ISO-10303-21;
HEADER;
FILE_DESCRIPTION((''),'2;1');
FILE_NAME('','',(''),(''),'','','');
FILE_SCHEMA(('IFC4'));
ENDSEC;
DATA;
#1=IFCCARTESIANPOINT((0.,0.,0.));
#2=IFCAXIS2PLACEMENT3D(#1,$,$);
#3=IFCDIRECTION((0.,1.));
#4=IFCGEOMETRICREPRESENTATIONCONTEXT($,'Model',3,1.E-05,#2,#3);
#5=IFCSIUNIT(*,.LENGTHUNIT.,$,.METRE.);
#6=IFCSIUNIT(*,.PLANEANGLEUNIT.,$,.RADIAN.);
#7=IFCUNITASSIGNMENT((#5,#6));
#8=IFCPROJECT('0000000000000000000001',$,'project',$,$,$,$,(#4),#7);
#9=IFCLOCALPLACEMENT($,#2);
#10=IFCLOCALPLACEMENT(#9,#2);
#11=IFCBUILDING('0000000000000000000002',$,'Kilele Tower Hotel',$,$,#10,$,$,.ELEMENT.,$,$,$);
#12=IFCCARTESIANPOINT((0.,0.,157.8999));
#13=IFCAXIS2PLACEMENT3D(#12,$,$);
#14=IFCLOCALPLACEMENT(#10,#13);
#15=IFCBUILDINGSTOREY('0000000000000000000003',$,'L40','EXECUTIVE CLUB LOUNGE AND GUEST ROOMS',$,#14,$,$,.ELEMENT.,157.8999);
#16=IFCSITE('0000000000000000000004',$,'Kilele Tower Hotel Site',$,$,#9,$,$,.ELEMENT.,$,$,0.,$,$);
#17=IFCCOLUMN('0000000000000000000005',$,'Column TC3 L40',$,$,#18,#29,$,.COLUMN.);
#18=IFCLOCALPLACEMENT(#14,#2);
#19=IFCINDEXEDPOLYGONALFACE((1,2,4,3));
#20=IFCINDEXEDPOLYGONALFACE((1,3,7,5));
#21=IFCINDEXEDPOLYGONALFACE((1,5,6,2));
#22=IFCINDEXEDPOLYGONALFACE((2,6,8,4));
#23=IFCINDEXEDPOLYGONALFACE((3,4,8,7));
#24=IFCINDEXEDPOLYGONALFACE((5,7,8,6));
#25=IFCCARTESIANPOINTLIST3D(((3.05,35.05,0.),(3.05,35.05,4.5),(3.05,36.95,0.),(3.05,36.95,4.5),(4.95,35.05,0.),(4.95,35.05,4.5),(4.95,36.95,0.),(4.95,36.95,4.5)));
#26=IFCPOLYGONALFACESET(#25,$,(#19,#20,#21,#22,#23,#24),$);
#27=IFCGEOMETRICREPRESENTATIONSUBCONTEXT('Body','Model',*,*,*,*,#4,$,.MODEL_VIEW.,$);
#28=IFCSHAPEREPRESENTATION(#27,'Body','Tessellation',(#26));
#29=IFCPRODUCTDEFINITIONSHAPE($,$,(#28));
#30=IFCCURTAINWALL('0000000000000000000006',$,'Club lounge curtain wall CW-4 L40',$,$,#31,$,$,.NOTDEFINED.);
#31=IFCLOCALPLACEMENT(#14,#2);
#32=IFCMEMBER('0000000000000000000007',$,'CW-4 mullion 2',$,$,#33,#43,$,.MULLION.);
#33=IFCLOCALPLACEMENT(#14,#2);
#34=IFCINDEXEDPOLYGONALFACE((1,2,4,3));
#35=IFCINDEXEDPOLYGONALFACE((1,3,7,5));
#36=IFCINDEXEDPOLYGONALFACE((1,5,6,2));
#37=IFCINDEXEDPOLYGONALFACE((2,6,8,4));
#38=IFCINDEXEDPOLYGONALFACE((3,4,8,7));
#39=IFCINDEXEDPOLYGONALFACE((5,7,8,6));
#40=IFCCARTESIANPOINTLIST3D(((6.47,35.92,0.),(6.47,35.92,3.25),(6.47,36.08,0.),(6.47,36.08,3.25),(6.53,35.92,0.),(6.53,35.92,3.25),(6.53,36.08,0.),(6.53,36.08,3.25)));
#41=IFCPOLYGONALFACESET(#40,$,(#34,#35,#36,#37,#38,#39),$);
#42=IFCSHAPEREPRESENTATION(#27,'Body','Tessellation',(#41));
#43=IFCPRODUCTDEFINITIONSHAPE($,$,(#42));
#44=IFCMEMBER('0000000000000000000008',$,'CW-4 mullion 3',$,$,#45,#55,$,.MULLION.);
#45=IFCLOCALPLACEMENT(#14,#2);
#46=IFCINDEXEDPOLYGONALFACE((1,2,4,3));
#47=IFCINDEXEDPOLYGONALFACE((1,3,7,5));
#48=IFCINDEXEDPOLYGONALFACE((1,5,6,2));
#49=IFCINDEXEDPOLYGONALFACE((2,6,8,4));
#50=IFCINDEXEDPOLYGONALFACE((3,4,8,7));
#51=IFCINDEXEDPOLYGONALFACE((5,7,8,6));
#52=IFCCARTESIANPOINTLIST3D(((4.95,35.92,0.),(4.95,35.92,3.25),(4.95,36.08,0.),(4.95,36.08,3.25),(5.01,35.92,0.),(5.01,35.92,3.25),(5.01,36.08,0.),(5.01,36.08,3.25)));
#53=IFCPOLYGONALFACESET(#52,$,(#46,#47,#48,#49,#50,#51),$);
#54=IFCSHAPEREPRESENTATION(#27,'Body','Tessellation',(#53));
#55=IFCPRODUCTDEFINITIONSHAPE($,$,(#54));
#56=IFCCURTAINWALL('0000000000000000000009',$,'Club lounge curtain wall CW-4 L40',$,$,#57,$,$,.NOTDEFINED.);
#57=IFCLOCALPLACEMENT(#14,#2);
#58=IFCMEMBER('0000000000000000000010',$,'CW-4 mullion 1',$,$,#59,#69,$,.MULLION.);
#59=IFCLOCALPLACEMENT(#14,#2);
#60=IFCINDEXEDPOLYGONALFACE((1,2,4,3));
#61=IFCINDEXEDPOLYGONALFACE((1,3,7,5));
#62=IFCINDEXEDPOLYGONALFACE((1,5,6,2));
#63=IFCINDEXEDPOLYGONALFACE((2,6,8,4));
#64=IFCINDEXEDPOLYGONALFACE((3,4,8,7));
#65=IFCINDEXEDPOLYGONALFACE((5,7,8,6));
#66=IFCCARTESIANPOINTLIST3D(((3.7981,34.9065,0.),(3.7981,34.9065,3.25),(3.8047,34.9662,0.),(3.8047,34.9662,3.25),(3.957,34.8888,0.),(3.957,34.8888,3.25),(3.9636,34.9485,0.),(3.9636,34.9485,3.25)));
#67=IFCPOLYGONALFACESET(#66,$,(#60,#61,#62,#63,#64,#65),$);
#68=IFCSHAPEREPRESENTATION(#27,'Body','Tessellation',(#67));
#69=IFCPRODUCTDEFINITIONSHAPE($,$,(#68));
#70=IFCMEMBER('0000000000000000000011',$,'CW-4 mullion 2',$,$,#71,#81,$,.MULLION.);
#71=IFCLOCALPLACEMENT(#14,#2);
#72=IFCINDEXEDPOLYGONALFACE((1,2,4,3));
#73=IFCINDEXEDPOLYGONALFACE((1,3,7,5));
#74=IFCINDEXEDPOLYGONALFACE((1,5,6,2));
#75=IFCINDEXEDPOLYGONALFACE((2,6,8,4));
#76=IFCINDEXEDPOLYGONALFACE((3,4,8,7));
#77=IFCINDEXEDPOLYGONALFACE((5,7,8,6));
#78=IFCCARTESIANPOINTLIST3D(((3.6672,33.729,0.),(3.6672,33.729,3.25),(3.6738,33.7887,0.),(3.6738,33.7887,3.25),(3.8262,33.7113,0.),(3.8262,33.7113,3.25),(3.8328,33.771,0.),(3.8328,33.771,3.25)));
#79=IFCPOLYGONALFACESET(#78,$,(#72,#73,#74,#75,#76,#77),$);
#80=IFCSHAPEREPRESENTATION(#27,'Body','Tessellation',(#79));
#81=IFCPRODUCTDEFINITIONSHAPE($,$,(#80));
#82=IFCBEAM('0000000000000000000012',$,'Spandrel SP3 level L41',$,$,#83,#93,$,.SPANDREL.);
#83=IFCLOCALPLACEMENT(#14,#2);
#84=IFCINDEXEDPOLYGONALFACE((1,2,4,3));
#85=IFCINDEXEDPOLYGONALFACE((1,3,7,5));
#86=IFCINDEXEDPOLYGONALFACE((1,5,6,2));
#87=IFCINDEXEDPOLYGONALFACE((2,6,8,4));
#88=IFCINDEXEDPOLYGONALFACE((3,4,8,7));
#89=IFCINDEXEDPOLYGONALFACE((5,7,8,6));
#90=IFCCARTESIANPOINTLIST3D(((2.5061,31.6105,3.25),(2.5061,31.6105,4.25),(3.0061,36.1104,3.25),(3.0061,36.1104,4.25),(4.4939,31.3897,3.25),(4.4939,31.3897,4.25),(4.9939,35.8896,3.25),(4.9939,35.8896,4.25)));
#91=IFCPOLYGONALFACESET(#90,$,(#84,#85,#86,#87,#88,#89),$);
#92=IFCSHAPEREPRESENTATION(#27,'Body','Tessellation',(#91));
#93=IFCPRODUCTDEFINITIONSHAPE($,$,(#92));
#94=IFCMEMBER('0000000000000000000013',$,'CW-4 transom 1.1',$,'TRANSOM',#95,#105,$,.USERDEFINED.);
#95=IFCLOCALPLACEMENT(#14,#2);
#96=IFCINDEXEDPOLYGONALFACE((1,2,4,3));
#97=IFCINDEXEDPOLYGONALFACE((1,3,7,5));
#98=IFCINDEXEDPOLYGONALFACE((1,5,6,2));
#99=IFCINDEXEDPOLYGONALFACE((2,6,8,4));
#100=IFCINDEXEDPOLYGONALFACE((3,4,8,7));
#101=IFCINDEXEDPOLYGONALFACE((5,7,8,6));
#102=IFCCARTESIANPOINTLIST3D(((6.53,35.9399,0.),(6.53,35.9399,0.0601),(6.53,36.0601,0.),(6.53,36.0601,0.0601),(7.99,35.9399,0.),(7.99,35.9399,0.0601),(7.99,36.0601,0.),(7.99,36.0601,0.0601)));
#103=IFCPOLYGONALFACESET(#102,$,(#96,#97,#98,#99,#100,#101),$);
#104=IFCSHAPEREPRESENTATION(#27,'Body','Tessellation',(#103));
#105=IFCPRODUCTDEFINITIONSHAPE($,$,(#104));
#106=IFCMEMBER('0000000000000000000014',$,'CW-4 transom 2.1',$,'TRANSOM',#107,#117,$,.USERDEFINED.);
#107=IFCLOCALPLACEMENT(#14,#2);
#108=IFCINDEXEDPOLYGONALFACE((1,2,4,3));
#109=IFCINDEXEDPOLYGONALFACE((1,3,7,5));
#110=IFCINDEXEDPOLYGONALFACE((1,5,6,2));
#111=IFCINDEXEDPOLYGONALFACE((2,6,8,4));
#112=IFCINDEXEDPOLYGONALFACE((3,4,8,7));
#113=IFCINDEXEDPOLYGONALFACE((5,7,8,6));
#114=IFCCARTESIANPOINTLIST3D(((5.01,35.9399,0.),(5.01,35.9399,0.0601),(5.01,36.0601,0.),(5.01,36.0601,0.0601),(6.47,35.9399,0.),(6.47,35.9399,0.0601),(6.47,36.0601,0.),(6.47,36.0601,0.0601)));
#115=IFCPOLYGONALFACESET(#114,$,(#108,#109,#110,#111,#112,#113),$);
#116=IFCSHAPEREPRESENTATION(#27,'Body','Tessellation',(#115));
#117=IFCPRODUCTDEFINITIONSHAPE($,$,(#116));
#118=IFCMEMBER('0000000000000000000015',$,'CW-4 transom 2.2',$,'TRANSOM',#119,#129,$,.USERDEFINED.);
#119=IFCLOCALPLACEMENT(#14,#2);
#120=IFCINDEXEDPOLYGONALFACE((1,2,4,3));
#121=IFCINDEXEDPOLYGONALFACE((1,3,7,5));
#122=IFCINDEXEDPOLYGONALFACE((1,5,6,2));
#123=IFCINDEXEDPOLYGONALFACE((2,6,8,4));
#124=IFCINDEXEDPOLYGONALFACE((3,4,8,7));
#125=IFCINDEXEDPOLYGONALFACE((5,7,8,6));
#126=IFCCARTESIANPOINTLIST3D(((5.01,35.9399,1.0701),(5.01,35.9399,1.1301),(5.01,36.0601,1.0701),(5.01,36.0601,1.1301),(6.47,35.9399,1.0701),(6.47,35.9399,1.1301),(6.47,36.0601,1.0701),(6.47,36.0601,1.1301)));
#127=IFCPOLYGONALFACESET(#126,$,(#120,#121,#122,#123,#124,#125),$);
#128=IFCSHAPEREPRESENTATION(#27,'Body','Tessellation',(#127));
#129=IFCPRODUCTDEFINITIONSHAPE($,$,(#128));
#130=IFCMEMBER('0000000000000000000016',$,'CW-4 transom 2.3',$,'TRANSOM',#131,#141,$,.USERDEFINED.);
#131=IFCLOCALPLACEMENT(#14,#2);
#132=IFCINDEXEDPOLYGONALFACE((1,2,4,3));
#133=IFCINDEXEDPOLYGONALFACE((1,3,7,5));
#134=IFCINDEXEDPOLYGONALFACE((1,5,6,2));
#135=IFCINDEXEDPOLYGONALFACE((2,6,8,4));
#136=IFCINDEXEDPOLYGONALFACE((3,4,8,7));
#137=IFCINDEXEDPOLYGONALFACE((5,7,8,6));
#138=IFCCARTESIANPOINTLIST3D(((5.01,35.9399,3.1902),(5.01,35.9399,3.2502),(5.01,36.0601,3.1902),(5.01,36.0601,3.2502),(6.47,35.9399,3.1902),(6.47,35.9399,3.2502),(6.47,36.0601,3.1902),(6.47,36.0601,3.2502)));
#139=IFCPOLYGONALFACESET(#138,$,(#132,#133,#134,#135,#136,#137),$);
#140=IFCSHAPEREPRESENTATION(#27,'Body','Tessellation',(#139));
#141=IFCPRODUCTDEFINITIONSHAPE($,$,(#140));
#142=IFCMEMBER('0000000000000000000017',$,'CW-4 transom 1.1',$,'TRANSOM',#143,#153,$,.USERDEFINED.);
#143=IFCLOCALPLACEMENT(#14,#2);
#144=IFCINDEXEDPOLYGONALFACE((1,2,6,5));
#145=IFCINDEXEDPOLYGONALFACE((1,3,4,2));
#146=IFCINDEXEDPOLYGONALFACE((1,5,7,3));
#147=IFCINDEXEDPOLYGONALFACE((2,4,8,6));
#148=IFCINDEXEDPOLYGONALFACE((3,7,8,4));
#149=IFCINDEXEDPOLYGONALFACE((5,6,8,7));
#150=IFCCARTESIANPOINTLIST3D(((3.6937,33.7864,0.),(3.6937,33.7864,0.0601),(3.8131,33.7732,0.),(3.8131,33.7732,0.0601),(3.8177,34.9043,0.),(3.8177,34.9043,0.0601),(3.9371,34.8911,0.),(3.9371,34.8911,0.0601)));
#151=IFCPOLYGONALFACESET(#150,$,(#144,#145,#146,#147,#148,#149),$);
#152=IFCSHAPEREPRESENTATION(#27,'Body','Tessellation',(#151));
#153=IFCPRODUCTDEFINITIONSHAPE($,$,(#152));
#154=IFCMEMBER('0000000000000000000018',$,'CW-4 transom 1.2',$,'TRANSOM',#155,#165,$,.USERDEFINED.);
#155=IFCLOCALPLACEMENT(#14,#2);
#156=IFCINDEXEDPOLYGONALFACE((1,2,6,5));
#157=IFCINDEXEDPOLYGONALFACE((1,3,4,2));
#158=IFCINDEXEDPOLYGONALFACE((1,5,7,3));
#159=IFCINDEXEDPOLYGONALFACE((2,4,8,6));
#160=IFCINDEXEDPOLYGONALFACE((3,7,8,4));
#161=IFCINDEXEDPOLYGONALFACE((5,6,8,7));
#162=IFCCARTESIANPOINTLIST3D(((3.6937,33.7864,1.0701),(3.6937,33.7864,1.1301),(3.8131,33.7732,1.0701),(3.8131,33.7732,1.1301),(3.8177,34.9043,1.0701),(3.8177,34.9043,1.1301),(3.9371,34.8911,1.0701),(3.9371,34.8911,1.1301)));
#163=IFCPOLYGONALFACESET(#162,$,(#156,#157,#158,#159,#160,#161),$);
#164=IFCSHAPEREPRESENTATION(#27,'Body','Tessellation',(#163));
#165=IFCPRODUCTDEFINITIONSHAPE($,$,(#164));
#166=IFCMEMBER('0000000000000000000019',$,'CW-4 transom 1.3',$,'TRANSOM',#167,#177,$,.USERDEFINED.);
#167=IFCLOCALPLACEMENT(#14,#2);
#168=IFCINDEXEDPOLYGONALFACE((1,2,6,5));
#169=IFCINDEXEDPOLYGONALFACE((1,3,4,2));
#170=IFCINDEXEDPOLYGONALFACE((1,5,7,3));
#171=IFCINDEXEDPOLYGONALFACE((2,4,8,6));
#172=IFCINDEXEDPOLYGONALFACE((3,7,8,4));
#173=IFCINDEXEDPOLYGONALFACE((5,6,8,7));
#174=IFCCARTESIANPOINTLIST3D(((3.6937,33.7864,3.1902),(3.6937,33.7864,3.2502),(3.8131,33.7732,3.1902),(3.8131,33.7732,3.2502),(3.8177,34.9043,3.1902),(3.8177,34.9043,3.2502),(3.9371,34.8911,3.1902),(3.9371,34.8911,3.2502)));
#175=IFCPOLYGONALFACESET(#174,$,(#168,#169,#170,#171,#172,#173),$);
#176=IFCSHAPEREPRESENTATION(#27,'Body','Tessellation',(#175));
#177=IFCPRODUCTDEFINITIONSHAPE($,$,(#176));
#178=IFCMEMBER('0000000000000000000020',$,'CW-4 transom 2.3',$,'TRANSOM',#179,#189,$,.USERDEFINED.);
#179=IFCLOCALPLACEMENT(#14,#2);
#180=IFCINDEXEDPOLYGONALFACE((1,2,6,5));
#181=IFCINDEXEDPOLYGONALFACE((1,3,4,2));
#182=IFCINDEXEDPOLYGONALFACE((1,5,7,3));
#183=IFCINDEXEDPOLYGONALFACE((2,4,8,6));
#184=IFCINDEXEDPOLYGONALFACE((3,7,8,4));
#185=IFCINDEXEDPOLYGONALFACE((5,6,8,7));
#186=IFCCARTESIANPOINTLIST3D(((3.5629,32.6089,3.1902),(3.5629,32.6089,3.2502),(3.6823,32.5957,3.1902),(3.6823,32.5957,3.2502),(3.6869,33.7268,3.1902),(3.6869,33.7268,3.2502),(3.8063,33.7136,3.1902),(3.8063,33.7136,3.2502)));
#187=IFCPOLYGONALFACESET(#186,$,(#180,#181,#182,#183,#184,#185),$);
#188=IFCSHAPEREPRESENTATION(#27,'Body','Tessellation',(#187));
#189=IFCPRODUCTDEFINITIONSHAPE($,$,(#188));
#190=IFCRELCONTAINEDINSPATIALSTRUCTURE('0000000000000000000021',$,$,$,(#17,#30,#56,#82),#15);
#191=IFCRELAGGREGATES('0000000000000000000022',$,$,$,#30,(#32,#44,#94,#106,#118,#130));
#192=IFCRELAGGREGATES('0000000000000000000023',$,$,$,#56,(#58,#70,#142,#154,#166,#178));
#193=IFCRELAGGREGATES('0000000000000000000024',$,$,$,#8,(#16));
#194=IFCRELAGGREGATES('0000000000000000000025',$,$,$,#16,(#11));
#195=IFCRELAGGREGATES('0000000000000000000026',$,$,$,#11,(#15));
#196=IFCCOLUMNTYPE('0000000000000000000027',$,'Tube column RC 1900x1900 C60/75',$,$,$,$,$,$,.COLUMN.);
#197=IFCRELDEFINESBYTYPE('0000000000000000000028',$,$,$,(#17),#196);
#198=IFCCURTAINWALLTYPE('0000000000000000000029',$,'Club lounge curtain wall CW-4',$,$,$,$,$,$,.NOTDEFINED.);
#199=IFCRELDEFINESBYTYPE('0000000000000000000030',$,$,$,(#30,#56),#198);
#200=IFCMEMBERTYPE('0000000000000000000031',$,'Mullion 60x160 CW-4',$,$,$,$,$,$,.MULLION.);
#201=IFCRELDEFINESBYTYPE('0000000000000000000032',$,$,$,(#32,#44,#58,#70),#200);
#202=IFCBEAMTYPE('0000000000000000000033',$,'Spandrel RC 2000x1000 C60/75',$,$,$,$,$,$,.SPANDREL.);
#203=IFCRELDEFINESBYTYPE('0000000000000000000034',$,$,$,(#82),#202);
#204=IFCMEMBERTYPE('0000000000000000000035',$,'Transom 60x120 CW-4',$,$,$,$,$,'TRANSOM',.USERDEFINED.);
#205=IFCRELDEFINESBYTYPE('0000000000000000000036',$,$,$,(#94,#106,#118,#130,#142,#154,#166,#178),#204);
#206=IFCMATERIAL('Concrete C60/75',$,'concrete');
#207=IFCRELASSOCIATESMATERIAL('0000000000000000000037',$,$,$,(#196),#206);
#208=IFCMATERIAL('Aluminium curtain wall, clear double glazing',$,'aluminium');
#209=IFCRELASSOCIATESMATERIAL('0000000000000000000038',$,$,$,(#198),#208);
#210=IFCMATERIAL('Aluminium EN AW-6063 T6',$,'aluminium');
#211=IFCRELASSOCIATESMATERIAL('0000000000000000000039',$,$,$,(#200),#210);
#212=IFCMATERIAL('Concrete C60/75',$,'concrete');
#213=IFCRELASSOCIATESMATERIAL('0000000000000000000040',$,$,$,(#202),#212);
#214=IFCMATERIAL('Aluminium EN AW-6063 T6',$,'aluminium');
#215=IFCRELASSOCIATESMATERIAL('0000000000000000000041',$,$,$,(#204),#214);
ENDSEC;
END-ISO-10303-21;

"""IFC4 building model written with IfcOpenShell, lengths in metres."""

from ifc_helpers import new_model, si_unit, direction, frame, origin, origin_2d, place, context, subcontext, project, spatial, rectangle, extrude, material, material_profile, profile_set, type_object, element, aggregate, save


model = new_model("IFC4")

# Units and contexts
model_context = context("Model", 3, precision=1e-05, world=origin(), true_north=direction((0.0, 1.0)))
body_context = subcontext(model_context, "Body", "Model", "MODEL_VIEW")
ifc_project = project(units=[si_unit("LENGTHUNIT", "METRE"), si_unit("PLANEANGLEUNIT", "RADIAN")], contexts=[model_context])

# Site, building, storey
site_placement = place(None, origin())
site = spatial("IfcSite", under=ifc_project, at=site_placement, Name="Kilele Tower Hotel Site", CompositionType="ELEMENT", RefElevation=0.0)
building_placement = place(site_placement, origin())
building = spatial("IfcBuilding", under=site, at=building_placement, Name="Kilele Tower Hotel", CompositionType="ELEMENT")
storey_placement = place(building_placement, frame((0.0, 0.0, 157.8999)))
storey = spatial("IfcBuildingStorey", under=building, at=storey_placement, Name="L40", Description="EXECUTIVE CLUB LOUNGE AND GUEST ROOMS", CompositionType="ELEMENT", Elevation=157.8999)

# Column
ifc_material_1 = material(Name="Concrete C60/75", Category="concrete")
ifc_material_profile_1 = material_profile(ifc_material_1, rectangle(XDim=1.8999, YDim=1.8999, at=origin_2d()))
ifc_profile_set_1 = profile_set([ifc_material_profile_1], Name="Concrete C60/75")
column_type = type_object("IfcColumnType", Name="Tube column RC 1900x1900 C60/75", PredefinedType="COLUMN", material=ifc_profile_set_1)
column_placement = place(storey_placement, frame((4.0, 36.0, 0.0), z_axis=(0.0, 0.0, 1.0), x_axis=(1.0, 0.0, 0.0)))
element("IfcColumn", 1, at=column_placement, inside=storey, type_object=column_type, Name="Column TC3 L40", PredefinedType="COLUMN", context=body_context, shape_type="SweptSolid", body=[
    extrude(rectangle(XDim=1.8999, YDim=1.8999, at=origin_2d()), origin(), (0.0, 0.0, 1.0), 4.5),
])

# Curtain walls, members
ifc_material_2 = material(Name="Aluminium curtain wall, clear double glazing", Category="aluminium")
curtain_wall_type = type_object("IfcCurtainWallType", Name="Club lounge curtain wall CW-4", PredefinedType="NOTDEFINED", material=ifc_material_2)
curtain_wall_1_placement = place(storey_placement, origin())
curtain_wall_1 = element("IfcCurtainWall", 2, at=curtain_wall_1_placement, inside=storey, type_object=curtain_wall_type, Name="Club lounge curtain wall CW-4 L40", PredefinedType="NOTDEFINED")
ifc_material_3 = material(Name="Aluminium EN AW-6063 T6", Category="aluminium")
ifc_material_profile_2 = material_profile(ifc_material_3, rectangle(XDim=0.1599, YDim=0.0601, at=origin_2d()))
ifc_profile_set_2 = profile_set([ifc_material_profile_2], Name="Aluminium EN AW-6063 T6")
member_type_1 = type_object("IfcMemberType", Name="Mullion 60x160 CW-4", PredefinedType="MULLION", material=ifc_profile_set_2)
member_1_placement = place(storey_placement, frame((6.5, 36.0, 0.0), z_axis=(0.0, 0.0, 1.0), x_axis=(0.0, -1.0, 0.0)))
member_1 = element("IfcMember", 3, at=member_1_placement, type_object=member_type_1, Name="CW-4 mullion 2", PredefinedType="MULLION", context=body_context, shape_type="SweptSolid", body=[
    extrude(rectangle(XDim=0.1599, YDim=0.0601, at=origin_2d()), origin(), (0.0, 0.0, 1.0), 3.25),
])
member_2_placement = place(storey_placement, frame((4.98, 36.0, 0.0), z_axis=(0.0, 0.0, 1.0), x_axis=(0.0, -1.0, 0.0)))
member_2 = element("IfcMember", 4, at=member_2_placement, type_object=member_type_1, Name="CW-4 mullion 3", PredefinedType="MULLION", context=body_context, shape_type="SweptSolid", body=[
    extrude(rectangle(XDim=0.1599, YDim=0.0601, at=origin_2d()), origin(), (0.0, 0.0, 1.0), 3.25),
])
curtain_wall_2_placement = place(storey_placement, origin())
curtain_wall_2 = element("IfcCurtainWall", 5, at=curtain_wall_2_placement, inside=storey, type_object=curtain_wall_type, Name="Club lounge curtain wall CW-4 L40", PredefinedType="NOTDEFINED")
member_3_placement = place(storey_placement, frame((3.8809, 34.9275, 0.0), z_axis=(0.0, 0.0, 1.0), x_axis=(0.993884, -0.110432, 0.0)))
member_3 = element("IfcMember", 6, at=member_3_placement, type_object=member_type_1, Name="CW-4 mullion 1", PredefinedType="MULLION", context=body_context, shape_type="SweptSolid", body=[
    extrude(rectangle(XDim=0.1599, YDim=0.0601, at=origin_2d()), origin(), (0.0, 0.0, 1.0), 3.25),
])
member_4_placement = place(storey_placement, frame((3.75, 33.75, 0.0), z_axis=(0.0, 0.0, 1.0), x_axis=(0.993884, -0.110432, 0.0)))
member_4 = element("IfcMember", 7, at=member_4_placement, type_object=member_type_1, Name="CW-4 mullion 2", PredefinedType="MULLION", context=body_context, shape_type="SweptSolid", body=[
    extrude(rectangle(XDim=0.1599, YDim=0.0601, at=origin_2d()), origin(), (0.0, 0.0, 1.0), 3.25),
])

# Beam
ifc_material_4 = material(Name="Concrete C60/75", Category="concrete")
ifc_material_profile_3 = material_profile(ifc_material_4, rectangle(XDim=2.0, YDim=1.0, at=origin_2d()))
ifc_profile_set_3 = profile_set([ifc_material_profile_3], Name="Concrete C60/75")
beam_type = type_object("IfcBeamType", Name="Spandrel RC 2000x1000 C60/75", PredefinedType="SPANDREL", material=ifc_profile_set_3)
beam_placement = place(storey_placement, frame((4.0, 36.0, 3.75), z_axis=(-0.110432, -0.993884, 0.0), x_axis=(0.993884, -0.110432, 0.0)))
element("IfcBeam", 8, at=beam_placement, inside=storey, type_object=beam_type, Name="Spandrel SP3 level L41", PredefinedType="SPANDREL", context=body_context, shape_type="SweptSolid", body=[
    extrude(rectangle(XDim=2.0, YDim=1.0, at=origin_2d()), origin(), (0.0, 0.0, 1.0), 4.5276),
])

# Members
ifc_material_5 = material(Name="Aluminium EN AW-6063 T6", Category="aluminium")
ifc_material_profile_4 = material_profile(ifc_material_5, rectangle(XDim=0.1201, YDim=0.0601, at=origin_2d()))
ifc_profile_set_4 = profile_set([ifc_material_profile_4], Name="Aluminium EN AW-6063 T6")
member_type_2 = type_object("IfcMemberType", Name="Transom 60x120 CW-4", ElementType="TRANSOM", PredefinedType="USERDEFINED", material=ifc_profile_set_4)
member_5_placement = place(storey_placement, frame((7.99, 36.0, 0.03), z_axis=(-1.0, 0.0, 0.0), x_axis=(0.0, -1.0, 0.0)))
member_5 = element("IfcMember", 9, at=member_5_placement, type_object=member_type_2, Name="CW-4 transom 1.1", ObjectType="TRANSOM", PredefinedType="USERDEFINED", context=body_context, shape_type="SweptSolid", body=[
    extrude(rectangle(XDim=0.1201, YDim=0.0601, at=origin_2d()), origin(), (0.0, 0.0, 1.0), 1.46),
])
member_6_placement = place(storey_placement, frame((6.47, 36.0, 0.03), z_axis=(-1.0, 0.0, 0.0), x_axis=(0.0, -1.0, 0.0)))
member_6 = element("IfcMember", 10, at=member_6_placement, type_object=member_type_2, Name="CW-4 transom 2.1", ObjectType="TRANSOM", PredefinedType="USERDEFINED", context=body_context, shape_type="SweptSolid", body=[
    extrude(rectangle(XDim=0.1201, YDim=0.0601, at=origin_2d()), origin(), (0.0, 0.0, 1.0), 1.46),
])
member_7_placement = place(storey_placement, frame((6.47, 36.0, 1.1001), z_axis=(-1.0, 0.0, 0.0), x_axis=(0.0, -1.0, 0.0)))
member_7 = element("IfcMember", 11, at=member_7_placement, type_object=member_type_2, Name="CW-4 transom 2.2", ObjectType="TRANSOM", PredefinedType="USERDEFINED", context=body_context, shape_type="SweptSolid", body=[
    extrude(rectangle(XDim=0.1201, YDim=0.0601, at=origin_2d()), origin(), (0.0, 0.0, 1.0), 1.46),
])
member_8_placement = place(storey_placement, frame((6.47, 36.0, 3.2202), z_axis=(-1.0, 0.0, 0.0), x_axis=(0.0, -1.0, 0.0)))
member_8 = element("IfcMember", 12, at=member_8_placement, type_object=member_type_2, Name="CW-4 transom 2.3", ObjectType="TRANSOM", PredefinedType="USERDEFINED", context=body_context, shape_type="SweptSolid", body=[
    extrude(rectangle(XDim=0.1201, YDim=0.0601, at=origin_2d()), origin(), (0.0, 0.0, 1.0), 1.46),
])
member_9_placement = place(storey_placement, frame((3.8774, 34.8977, 0.03), z_axis=(-0.110265, -0.993902, 0.0), x_axis=(0.993902, -0.110265, 0.0)))
member_9 = element("IfcMember", 13, at=member_9_placement, type_object=member_type_2, Name="CW-4 transom 1.1", ObjectType="TRANSOM", PredefinedType="USERDEFINED", context=body_context, shape_type="SweptSolid", body=[
    extrude(rectangle(XDim=0.1201, YDim=0.0601, at=origin_2d()), origin(), (0.0, 0.0, 1.0), 1.1248),
])
member_10_placement = place(storey_placement, frame((3.8774, 34.8977, 1.1001), z_axis=(-0.110265, -0.993902, 0.0), x_axis=(0.993902, -0.110265, 0.0)))
member_10 = element("IfcMember", 14, at=member_10_placement, type_object=member_type_2, Name="CW-4 transom 1.2", ObjectType="TRANSOM", PredefinedType="USERDEFINED", context=body_context, shape_type="SweptSolid", body=[
    extrude(rectangle(XDim=0.1201, YDim=0.0601, at=origin_2d()), origin(), (0.0, 0.0, 1.0), 1.1248),
])
member_11_placement = place(storey_placement, frame((3.8774, 34.8977, 3.2202), z_axis=(-0.110265, -0.993902, 0.0), x_axis=(0.993902, -0.110265, 0.0)))
member_11 = element("IfcMember", 15, at=member_11_placement, type_object=member_type_2, Name="CW-4 transom 1.3", ObjectType="TRANSOM", PredefinedType="USERDEFINED", context=body_context, shape_type="SweptSolid", body=[
    extrude(rectangle(XDim=0.1201, YDim=0.0601, at=origin_2d()), origin(), (0.0, 0.0, 1.0), 1.1248),
])
member_12_placement = place(storey_placement, frame((3.7466, 33.7202, 3.2202), z_axis=(-0.110265, -0.993902, 0.0), x_axis=(0.993902, -0.110265, 0.0)))
member_12 = element("IfcMember", 16, at=member_12_placement, type_object=member_type_2, Name="CW-4 transom 2.3", ObjectType="TRANSOM", PredefinedType="USERDEFINED", context=body_context, shape_type="SweptSolid", body=[
    extrude(rectangle(XDim=0.1201, YDim=0.0601, at=origin_2d()), origin(), (0.0, 0.0, 1.0), 1.1248),
])

aggregate(curtain_wall_1, [member_1, member_2, member_5, member_6, member_7, member_8])
aggregate(curtain_wall_2, [member_3, member_4, member_9, member_10, member_11, member_12])

save(model, "model.ifc")
